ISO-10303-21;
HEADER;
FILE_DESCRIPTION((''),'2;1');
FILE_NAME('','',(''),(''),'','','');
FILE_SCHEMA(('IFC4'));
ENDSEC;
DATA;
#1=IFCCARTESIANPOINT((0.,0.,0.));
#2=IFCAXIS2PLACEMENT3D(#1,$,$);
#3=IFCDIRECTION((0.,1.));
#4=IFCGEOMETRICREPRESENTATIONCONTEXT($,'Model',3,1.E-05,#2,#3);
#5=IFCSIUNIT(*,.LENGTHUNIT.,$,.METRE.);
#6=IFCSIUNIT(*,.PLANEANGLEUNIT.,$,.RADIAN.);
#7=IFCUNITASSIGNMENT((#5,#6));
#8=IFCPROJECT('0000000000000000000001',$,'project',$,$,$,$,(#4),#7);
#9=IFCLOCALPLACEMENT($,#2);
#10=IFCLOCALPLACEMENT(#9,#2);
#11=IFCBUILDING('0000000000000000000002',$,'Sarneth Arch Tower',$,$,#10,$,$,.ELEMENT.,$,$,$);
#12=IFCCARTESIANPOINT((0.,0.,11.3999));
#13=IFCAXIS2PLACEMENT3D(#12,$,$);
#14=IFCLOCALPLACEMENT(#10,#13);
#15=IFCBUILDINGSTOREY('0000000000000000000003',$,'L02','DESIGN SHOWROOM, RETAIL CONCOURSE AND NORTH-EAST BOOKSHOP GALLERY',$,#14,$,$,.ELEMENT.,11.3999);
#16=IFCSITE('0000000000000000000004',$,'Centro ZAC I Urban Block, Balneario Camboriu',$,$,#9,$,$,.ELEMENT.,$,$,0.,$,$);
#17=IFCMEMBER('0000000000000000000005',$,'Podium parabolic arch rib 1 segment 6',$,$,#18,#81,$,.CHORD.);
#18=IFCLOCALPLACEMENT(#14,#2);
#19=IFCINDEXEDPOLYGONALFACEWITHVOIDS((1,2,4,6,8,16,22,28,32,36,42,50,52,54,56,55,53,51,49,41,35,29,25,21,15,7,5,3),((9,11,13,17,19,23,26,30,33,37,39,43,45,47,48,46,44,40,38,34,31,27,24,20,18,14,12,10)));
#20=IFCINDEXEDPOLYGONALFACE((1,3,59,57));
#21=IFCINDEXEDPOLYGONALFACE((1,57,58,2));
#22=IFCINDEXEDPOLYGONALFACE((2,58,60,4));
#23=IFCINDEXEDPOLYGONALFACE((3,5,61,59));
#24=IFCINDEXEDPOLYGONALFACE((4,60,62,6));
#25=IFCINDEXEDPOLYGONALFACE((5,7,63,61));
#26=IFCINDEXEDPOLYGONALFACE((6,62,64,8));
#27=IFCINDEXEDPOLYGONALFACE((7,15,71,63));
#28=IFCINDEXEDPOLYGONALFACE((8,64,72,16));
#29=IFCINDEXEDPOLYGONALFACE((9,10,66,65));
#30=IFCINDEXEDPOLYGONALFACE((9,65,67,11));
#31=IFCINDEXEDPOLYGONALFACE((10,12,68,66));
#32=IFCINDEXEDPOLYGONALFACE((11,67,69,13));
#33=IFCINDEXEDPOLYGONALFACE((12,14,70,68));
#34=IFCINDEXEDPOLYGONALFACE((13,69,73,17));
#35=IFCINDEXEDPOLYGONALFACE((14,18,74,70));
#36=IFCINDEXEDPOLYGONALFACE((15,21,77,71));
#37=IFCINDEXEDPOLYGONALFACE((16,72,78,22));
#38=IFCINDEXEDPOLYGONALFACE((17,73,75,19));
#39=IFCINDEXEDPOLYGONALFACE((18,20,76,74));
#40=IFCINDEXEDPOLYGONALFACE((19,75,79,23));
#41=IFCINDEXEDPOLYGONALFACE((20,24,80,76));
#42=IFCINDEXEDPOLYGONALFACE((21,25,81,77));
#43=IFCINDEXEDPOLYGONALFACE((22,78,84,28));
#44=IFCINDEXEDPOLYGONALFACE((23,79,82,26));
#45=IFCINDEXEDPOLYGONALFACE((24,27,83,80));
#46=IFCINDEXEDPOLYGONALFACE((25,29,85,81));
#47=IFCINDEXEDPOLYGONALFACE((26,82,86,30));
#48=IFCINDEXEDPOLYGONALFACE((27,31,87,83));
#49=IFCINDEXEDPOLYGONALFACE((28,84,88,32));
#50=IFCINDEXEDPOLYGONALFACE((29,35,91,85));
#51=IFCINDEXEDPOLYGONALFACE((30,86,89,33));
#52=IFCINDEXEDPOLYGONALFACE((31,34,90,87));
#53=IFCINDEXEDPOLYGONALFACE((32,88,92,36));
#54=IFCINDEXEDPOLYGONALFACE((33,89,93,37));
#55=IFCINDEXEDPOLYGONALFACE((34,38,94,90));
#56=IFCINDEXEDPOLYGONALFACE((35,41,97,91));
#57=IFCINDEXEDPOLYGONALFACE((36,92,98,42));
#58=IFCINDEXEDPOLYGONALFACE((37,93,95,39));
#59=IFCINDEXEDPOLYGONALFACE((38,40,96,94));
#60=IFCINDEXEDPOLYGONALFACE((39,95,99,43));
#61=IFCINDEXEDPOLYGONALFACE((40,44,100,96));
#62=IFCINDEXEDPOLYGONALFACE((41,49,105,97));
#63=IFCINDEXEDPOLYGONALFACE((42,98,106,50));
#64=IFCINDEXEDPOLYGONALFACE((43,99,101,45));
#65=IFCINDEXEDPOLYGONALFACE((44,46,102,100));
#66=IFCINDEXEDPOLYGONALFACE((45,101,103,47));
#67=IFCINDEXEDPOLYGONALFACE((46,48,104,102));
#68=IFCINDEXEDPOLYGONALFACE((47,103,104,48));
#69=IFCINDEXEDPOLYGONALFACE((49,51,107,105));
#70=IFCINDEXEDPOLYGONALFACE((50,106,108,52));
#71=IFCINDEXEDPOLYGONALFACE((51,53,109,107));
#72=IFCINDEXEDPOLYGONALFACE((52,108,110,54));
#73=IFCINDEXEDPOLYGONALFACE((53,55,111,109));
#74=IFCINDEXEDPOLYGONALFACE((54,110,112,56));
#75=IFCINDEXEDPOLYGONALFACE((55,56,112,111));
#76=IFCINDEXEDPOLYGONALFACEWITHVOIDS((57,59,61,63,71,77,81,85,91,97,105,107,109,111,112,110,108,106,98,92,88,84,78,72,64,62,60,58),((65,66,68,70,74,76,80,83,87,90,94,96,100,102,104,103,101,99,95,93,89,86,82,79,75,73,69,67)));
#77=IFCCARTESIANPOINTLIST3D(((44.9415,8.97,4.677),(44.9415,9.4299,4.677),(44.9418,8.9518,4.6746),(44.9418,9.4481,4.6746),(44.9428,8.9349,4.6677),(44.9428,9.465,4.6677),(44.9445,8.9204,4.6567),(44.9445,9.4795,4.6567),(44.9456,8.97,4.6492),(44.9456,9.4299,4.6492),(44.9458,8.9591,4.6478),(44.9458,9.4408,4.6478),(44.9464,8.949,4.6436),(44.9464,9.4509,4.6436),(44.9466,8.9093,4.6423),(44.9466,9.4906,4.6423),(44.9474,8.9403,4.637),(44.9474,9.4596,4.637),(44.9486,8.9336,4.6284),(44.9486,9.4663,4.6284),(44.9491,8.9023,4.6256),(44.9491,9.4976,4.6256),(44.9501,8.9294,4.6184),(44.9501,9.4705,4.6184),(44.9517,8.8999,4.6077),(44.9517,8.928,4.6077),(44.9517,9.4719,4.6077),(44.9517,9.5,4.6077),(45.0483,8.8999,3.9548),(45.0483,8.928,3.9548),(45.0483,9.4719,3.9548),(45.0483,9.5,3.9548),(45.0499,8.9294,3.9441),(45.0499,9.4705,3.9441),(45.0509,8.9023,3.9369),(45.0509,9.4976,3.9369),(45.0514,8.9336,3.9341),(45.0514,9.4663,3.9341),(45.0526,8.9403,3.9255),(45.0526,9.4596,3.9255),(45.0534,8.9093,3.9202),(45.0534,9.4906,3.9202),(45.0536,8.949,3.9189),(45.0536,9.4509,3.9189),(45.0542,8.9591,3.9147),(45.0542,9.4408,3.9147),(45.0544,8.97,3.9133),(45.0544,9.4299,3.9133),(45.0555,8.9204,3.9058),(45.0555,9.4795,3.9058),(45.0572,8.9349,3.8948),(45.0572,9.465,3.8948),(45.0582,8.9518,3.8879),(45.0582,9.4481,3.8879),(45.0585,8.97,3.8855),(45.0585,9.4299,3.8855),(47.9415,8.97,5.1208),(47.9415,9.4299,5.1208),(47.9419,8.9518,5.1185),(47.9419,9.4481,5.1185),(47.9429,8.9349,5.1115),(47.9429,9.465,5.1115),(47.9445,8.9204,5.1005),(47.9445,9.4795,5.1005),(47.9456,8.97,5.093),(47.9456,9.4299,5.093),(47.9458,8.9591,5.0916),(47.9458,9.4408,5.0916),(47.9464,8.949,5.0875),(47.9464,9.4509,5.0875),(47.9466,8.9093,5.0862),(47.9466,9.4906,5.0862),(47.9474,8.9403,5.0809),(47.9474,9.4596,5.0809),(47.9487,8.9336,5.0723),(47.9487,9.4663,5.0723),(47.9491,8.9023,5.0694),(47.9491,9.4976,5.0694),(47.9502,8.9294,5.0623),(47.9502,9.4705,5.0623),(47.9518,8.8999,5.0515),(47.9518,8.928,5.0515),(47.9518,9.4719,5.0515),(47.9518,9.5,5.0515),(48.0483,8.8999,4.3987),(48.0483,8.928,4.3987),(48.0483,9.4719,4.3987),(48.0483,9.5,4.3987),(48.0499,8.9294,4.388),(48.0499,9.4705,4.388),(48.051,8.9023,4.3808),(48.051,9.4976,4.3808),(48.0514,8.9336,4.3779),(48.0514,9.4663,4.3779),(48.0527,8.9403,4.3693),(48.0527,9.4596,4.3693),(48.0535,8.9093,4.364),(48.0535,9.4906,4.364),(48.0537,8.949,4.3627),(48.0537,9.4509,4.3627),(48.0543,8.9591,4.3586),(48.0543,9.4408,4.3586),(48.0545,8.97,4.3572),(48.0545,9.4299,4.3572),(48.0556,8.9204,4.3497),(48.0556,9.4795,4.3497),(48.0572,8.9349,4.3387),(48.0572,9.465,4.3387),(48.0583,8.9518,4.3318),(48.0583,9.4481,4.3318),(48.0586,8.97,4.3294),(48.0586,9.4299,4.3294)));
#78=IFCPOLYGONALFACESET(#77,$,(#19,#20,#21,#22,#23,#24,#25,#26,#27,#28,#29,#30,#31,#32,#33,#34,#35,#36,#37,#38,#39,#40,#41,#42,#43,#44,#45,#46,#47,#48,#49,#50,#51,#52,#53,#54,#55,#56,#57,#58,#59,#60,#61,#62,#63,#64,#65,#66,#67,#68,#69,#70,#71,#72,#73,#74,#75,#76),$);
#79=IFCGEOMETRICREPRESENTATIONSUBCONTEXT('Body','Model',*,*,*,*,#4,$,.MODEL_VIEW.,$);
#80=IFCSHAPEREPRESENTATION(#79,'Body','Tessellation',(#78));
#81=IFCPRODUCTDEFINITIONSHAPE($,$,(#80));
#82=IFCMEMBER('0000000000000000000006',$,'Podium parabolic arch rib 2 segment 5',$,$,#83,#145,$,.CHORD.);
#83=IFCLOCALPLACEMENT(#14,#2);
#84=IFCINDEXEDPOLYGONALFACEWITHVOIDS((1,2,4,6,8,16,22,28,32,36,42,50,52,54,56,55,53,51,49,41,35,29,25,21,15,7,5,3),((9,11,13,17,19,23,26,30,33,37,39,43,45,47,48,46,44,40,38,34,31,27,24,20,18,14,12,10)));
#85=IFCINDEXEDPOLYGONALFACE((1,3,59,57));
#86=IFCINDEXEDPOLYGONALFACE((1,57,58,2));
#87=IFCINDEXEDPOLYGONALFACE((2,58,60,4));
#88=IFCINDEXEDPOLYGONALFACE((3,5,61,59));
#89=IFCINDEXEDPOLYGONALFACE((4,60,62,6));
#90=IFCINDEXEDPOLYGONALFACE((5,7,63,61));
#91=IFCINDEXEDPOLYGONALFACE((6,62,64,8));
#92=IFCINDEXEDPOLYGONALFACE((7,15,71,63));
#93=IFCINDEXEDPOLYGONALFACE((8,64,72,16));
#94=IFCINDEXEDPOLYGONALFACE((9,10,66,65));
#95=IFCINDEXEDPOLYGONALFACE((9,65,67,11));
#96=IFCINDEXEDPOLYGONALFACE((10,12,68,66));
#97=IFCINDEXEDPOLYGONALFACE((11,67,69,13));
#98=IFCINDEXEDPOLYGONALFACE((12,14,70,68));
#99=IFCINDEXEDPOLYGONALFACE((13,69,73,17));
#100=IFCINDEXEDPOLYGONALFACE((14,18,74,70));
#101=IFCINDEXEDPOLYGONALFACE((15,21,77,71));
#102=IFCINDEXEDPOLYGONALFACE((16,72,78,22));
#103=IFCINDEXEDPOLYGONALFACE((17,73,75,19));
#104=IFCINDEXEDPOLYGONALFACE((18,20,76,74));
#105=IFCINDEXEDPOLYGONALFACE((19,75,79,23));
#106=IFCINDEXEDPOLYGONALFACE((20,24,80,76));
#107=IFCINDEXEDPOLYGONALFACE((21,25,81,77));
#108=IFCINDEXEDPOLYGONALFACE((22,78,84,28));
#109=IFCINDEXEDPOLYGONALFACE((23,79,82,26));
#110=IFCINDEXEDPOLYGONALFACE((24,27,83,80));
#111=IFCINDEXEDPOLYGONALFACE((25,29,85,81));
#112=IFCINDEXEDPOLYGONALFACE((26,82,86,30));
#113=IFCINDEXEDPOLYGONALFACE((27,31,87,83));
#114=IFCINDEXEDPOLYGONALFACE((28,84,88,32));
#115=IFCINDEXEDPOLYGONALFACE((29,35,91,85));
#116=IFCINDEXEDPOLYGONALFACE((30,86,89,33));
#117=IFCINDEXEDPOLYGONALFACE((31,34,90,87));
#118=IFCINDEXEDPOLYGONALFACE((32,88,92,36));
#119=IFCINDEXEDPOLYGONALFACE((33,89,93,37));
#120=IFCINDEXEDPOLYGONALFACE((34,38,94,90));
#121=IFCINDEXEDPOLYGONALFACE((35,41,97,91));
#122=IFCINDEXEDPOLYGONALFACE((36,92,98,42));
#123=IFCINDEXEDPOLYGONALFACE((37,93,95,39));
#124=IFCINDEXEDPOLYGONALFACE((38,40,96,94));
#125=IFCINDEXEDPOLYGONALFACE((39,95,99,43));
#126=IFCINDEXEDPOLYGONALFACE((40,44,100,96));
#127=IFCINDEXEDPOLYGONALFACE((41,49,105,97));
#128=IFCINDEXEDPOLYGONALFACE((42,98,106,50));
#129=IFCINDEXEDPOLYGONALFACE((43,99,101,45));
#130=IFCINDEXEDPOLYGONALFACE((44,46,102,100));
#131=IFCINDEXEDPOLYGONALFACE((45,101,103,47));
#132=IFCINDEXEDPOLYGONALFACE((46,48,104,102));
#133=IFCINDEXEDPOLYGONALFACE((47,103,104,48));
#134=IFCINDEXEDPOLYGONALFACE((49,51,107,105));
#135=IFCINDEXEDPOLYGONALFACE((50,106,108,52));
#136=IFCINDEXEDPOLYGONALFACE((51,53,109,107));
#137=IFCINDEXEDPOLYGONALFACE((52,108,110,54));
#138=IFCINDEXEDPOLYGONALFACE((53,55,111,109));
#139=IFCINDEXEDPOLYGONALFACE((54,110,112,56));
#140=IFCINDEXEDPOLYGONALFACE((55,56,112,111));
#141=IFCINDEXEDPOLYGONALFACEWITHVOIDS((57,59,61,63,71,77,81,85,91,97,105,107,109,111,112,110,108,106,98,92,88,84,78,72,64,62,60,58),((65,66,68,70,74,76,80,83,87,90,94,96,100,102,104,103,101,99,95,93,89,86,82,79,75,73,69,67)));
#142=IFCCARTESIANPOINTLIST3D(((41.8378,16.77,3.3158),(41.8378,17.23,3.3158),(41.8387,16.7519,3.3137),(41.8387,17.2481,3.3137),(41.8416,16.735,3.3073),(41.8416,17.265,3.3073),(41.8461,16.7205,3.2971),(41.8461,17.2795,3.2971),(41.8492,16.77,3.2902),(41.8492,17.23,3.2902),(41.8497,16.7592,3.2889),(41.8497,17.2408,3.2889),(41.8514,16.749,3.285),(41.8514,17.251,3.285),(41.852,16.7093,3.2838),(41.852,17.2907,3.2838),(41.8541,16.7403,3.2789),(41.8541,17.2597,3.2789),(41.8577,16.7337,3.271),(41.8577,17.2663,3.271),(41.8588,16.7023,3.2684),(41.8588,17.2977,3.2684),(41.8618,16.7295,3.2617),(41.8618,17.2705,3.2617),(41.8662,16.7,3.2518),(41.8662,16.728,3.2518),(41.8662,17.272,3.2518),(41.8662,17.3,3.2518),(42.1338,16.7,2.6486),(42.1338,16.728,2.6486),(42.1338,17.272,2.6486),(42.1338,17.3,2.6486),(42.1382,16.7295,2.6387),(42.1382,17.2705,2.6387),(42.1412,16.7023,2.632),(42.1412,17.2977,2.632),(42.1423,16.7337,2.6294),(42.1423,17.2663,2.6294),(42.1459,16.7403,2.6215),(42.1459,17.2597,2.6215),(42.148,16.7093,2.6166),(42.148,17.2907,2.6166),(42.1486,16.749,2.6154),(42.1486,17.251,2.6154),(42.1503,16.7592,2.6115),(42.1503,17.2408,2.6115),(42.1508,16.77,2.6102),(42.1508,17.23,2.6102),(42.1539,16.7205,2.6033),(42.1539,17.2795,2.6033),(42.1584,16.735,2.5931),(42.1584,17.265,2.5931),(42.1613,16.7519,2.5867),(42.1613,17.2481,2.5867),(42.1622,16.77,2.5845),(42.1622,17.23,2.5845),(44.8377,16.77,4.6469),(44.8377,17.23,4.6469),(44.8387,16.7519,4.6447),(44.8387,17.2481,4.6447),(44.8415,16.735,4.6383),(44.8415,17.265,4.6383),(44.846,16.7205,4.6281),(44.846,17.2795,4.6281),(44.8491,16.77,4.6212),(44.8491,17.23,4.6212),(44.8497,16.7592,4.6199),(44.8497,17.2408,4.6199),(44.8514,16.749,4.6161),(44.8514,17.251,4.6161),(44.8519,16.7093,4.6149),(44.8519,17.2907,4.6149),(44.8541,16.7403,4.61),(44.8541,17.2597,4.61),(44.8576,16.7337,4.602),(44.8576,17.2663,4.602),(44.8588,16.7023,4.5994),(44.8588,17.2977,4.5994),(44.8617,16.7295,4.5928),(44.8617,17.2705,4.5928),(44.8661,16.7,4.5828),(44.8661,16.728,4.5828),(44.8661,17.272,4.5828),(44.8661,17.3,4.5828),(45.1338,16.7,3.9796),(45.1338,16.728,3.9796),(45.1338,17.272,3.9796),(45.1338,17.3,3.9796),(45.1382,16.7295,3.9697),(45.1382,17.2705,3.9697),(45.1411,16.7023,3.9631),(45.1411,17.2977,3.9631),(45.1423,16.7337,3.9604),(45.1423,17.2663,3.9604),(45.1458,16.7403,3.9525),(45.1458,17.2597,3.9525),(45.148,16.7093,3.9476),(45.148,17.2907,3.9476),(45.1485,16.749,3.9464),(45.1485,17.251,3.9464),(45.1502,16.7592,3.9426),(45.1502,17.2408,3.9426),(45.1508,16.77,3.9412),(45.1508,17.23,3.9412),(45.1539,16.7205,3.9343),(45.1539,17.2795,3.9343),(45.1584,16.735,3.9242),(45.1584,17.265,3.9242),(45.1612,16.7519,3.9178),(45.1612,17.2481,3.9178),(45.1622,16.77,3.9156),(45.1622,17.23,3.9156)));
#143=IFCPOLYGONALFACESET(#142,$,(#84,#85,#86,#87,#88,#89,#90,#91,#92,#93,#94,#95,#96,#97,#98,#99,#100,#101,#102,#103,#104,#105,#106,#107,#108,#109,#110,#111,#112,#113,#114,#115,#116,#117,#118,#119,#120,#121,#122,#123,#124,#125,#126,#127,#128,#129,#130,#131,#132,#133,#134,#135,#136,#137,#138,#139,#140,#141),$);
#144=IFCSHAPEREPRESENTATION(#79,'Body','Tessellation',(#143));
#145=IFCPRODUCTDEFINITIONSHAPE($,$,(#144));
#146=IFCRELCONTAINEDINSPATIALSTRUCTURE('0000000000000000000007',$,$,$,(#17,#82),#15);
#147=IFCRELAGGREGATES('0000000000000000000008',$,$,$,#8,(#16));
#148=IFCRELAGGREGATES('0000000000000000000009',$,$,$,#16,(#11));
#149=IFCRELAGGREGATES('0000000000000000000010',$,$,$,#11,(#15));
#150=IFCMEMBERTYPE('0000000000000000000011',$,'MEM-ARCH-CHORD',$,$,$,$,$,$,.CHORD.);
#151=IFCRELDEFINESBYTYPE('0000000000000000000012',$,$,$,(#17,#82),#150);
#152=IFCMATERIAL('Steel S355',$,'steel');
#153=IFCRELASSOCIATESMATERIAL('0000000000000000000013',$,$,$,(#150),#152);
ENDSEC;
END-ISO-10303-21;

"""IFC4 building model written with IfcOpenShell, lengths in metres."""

from ifc_helpers import new_model, si_unit, direction, frame, origin, origin_2d, place, context, subcontext, project, spatial, hollow_rectangle, extrude, material, material_profile, profile_set, type_object, element, save


model = new_model("IFC4")

# Units and contexts
model_context = context("Model", 3, precision=1e-05, world=origin(), true_north=direction((0.0, 1.0)))
body_context = subcontext(model_context, "Body", "Model", "MODEL_VIEW")
ifc_project = project(units=[si_unit("LENGTHUNIT", "METRE"), si_unit("PLANEANGLEUNIT", "RADIAN")], contexts=[model_context])

# Site, building, storey
site_placement = place(None, origin())
site = spatial("IfcSite", under=ifc_project, at=site_placement, Name="Centro ZAC I Urban Block, Balneario Camboriu", CompositionType="ELEMENT", RefElevation=0.0)
building_placement = place(site_placement, origin())
building = spatial("IfcBuilding", under=site, at=building_placement, Name="Sarneth Arch Tower", CompositionType="ELEMENT")
storey_placement = place(building_placement, frame((0.0, 0.0, 11.3999)))
storey = spatial("IfcBuildingStorey", under=building, at=storey_placement, Name="L02", Description="DESIGN SHOWROOM, RETAIL CONCOURSE AND NORTH-EAST BOOKSHOP GALLERY", CompositionType="ELEMENT", Elevation=11.3999)

# Members
ifc_material_1 = material(Name="Steel S355", Category="steel")
ifc_material_profile_1 = material_profile(ifc_material_1, hollow_rectangle(XDim=0.6001, YDim=0.8, WallThickness=0.0281, InnerFilletRadius=0.042, OuterFilletRadius=0.0701, at=origin_2d()), Name="RHS800x600x28")
ifc_profile_set_1 = profile_set([ifc_material_profile_1], Name="Steel S355")
member_type_1 = type_object("IfcMemberType", Name="MEM-ARCH-CHORD", PredefinedType="CHORD", material=ifc_profile_set_1)
member_1_placement = place(storey_placement, frame((45.0, 9.2, 4.2812), z_axis=(0.989232, 0.0, 0.146356), x_axis=(0.0, 1.0, 0.0)))
element("IfcMember", 1, at=member_1_placement, inside=storey, type_object=member_type_1, Name="Podium parabolic arch rib 1 segment 6", PredefinedType="CHORD", context=body_context, shape_type="SweptSolid", body=[
    extrude(hollow_rectangle(XDim=0.6001, YDim=0.8, WallThickness=0.0281, InnerFilletRadius=0.042, OuterFilletRadius=0.0701, at=origin_2d()), origin(), (0.0, 0.0, 1.0), 3.0327),
])
member_2_placement = place(storey_placement, frame((42.0, 17.0, 2.9502), z_axis=(0.914069, 0.0, 0.405559), x_axis=(0.0, 1.0, 0.0)))
element("IfcMember", 2, at=member_2_placement, inside=storey, type_object=member_type_1, Name="Podium parabolic arch rib 2 segment 5", PredefinedType="CHORD", context=body_context, shape_type="SweptSolid", body=[
    extrude(hollow_rectangle(XDim=0.6001, YDim=0.8, WallThickness=0.0281, InnerFilletRadius=0.042, OuterFilletRadius=0.0701, at=origin_2d()), origin(), (0.0, 0.0, 1.0), 3.282),
])

save(model, "model.ifc")
